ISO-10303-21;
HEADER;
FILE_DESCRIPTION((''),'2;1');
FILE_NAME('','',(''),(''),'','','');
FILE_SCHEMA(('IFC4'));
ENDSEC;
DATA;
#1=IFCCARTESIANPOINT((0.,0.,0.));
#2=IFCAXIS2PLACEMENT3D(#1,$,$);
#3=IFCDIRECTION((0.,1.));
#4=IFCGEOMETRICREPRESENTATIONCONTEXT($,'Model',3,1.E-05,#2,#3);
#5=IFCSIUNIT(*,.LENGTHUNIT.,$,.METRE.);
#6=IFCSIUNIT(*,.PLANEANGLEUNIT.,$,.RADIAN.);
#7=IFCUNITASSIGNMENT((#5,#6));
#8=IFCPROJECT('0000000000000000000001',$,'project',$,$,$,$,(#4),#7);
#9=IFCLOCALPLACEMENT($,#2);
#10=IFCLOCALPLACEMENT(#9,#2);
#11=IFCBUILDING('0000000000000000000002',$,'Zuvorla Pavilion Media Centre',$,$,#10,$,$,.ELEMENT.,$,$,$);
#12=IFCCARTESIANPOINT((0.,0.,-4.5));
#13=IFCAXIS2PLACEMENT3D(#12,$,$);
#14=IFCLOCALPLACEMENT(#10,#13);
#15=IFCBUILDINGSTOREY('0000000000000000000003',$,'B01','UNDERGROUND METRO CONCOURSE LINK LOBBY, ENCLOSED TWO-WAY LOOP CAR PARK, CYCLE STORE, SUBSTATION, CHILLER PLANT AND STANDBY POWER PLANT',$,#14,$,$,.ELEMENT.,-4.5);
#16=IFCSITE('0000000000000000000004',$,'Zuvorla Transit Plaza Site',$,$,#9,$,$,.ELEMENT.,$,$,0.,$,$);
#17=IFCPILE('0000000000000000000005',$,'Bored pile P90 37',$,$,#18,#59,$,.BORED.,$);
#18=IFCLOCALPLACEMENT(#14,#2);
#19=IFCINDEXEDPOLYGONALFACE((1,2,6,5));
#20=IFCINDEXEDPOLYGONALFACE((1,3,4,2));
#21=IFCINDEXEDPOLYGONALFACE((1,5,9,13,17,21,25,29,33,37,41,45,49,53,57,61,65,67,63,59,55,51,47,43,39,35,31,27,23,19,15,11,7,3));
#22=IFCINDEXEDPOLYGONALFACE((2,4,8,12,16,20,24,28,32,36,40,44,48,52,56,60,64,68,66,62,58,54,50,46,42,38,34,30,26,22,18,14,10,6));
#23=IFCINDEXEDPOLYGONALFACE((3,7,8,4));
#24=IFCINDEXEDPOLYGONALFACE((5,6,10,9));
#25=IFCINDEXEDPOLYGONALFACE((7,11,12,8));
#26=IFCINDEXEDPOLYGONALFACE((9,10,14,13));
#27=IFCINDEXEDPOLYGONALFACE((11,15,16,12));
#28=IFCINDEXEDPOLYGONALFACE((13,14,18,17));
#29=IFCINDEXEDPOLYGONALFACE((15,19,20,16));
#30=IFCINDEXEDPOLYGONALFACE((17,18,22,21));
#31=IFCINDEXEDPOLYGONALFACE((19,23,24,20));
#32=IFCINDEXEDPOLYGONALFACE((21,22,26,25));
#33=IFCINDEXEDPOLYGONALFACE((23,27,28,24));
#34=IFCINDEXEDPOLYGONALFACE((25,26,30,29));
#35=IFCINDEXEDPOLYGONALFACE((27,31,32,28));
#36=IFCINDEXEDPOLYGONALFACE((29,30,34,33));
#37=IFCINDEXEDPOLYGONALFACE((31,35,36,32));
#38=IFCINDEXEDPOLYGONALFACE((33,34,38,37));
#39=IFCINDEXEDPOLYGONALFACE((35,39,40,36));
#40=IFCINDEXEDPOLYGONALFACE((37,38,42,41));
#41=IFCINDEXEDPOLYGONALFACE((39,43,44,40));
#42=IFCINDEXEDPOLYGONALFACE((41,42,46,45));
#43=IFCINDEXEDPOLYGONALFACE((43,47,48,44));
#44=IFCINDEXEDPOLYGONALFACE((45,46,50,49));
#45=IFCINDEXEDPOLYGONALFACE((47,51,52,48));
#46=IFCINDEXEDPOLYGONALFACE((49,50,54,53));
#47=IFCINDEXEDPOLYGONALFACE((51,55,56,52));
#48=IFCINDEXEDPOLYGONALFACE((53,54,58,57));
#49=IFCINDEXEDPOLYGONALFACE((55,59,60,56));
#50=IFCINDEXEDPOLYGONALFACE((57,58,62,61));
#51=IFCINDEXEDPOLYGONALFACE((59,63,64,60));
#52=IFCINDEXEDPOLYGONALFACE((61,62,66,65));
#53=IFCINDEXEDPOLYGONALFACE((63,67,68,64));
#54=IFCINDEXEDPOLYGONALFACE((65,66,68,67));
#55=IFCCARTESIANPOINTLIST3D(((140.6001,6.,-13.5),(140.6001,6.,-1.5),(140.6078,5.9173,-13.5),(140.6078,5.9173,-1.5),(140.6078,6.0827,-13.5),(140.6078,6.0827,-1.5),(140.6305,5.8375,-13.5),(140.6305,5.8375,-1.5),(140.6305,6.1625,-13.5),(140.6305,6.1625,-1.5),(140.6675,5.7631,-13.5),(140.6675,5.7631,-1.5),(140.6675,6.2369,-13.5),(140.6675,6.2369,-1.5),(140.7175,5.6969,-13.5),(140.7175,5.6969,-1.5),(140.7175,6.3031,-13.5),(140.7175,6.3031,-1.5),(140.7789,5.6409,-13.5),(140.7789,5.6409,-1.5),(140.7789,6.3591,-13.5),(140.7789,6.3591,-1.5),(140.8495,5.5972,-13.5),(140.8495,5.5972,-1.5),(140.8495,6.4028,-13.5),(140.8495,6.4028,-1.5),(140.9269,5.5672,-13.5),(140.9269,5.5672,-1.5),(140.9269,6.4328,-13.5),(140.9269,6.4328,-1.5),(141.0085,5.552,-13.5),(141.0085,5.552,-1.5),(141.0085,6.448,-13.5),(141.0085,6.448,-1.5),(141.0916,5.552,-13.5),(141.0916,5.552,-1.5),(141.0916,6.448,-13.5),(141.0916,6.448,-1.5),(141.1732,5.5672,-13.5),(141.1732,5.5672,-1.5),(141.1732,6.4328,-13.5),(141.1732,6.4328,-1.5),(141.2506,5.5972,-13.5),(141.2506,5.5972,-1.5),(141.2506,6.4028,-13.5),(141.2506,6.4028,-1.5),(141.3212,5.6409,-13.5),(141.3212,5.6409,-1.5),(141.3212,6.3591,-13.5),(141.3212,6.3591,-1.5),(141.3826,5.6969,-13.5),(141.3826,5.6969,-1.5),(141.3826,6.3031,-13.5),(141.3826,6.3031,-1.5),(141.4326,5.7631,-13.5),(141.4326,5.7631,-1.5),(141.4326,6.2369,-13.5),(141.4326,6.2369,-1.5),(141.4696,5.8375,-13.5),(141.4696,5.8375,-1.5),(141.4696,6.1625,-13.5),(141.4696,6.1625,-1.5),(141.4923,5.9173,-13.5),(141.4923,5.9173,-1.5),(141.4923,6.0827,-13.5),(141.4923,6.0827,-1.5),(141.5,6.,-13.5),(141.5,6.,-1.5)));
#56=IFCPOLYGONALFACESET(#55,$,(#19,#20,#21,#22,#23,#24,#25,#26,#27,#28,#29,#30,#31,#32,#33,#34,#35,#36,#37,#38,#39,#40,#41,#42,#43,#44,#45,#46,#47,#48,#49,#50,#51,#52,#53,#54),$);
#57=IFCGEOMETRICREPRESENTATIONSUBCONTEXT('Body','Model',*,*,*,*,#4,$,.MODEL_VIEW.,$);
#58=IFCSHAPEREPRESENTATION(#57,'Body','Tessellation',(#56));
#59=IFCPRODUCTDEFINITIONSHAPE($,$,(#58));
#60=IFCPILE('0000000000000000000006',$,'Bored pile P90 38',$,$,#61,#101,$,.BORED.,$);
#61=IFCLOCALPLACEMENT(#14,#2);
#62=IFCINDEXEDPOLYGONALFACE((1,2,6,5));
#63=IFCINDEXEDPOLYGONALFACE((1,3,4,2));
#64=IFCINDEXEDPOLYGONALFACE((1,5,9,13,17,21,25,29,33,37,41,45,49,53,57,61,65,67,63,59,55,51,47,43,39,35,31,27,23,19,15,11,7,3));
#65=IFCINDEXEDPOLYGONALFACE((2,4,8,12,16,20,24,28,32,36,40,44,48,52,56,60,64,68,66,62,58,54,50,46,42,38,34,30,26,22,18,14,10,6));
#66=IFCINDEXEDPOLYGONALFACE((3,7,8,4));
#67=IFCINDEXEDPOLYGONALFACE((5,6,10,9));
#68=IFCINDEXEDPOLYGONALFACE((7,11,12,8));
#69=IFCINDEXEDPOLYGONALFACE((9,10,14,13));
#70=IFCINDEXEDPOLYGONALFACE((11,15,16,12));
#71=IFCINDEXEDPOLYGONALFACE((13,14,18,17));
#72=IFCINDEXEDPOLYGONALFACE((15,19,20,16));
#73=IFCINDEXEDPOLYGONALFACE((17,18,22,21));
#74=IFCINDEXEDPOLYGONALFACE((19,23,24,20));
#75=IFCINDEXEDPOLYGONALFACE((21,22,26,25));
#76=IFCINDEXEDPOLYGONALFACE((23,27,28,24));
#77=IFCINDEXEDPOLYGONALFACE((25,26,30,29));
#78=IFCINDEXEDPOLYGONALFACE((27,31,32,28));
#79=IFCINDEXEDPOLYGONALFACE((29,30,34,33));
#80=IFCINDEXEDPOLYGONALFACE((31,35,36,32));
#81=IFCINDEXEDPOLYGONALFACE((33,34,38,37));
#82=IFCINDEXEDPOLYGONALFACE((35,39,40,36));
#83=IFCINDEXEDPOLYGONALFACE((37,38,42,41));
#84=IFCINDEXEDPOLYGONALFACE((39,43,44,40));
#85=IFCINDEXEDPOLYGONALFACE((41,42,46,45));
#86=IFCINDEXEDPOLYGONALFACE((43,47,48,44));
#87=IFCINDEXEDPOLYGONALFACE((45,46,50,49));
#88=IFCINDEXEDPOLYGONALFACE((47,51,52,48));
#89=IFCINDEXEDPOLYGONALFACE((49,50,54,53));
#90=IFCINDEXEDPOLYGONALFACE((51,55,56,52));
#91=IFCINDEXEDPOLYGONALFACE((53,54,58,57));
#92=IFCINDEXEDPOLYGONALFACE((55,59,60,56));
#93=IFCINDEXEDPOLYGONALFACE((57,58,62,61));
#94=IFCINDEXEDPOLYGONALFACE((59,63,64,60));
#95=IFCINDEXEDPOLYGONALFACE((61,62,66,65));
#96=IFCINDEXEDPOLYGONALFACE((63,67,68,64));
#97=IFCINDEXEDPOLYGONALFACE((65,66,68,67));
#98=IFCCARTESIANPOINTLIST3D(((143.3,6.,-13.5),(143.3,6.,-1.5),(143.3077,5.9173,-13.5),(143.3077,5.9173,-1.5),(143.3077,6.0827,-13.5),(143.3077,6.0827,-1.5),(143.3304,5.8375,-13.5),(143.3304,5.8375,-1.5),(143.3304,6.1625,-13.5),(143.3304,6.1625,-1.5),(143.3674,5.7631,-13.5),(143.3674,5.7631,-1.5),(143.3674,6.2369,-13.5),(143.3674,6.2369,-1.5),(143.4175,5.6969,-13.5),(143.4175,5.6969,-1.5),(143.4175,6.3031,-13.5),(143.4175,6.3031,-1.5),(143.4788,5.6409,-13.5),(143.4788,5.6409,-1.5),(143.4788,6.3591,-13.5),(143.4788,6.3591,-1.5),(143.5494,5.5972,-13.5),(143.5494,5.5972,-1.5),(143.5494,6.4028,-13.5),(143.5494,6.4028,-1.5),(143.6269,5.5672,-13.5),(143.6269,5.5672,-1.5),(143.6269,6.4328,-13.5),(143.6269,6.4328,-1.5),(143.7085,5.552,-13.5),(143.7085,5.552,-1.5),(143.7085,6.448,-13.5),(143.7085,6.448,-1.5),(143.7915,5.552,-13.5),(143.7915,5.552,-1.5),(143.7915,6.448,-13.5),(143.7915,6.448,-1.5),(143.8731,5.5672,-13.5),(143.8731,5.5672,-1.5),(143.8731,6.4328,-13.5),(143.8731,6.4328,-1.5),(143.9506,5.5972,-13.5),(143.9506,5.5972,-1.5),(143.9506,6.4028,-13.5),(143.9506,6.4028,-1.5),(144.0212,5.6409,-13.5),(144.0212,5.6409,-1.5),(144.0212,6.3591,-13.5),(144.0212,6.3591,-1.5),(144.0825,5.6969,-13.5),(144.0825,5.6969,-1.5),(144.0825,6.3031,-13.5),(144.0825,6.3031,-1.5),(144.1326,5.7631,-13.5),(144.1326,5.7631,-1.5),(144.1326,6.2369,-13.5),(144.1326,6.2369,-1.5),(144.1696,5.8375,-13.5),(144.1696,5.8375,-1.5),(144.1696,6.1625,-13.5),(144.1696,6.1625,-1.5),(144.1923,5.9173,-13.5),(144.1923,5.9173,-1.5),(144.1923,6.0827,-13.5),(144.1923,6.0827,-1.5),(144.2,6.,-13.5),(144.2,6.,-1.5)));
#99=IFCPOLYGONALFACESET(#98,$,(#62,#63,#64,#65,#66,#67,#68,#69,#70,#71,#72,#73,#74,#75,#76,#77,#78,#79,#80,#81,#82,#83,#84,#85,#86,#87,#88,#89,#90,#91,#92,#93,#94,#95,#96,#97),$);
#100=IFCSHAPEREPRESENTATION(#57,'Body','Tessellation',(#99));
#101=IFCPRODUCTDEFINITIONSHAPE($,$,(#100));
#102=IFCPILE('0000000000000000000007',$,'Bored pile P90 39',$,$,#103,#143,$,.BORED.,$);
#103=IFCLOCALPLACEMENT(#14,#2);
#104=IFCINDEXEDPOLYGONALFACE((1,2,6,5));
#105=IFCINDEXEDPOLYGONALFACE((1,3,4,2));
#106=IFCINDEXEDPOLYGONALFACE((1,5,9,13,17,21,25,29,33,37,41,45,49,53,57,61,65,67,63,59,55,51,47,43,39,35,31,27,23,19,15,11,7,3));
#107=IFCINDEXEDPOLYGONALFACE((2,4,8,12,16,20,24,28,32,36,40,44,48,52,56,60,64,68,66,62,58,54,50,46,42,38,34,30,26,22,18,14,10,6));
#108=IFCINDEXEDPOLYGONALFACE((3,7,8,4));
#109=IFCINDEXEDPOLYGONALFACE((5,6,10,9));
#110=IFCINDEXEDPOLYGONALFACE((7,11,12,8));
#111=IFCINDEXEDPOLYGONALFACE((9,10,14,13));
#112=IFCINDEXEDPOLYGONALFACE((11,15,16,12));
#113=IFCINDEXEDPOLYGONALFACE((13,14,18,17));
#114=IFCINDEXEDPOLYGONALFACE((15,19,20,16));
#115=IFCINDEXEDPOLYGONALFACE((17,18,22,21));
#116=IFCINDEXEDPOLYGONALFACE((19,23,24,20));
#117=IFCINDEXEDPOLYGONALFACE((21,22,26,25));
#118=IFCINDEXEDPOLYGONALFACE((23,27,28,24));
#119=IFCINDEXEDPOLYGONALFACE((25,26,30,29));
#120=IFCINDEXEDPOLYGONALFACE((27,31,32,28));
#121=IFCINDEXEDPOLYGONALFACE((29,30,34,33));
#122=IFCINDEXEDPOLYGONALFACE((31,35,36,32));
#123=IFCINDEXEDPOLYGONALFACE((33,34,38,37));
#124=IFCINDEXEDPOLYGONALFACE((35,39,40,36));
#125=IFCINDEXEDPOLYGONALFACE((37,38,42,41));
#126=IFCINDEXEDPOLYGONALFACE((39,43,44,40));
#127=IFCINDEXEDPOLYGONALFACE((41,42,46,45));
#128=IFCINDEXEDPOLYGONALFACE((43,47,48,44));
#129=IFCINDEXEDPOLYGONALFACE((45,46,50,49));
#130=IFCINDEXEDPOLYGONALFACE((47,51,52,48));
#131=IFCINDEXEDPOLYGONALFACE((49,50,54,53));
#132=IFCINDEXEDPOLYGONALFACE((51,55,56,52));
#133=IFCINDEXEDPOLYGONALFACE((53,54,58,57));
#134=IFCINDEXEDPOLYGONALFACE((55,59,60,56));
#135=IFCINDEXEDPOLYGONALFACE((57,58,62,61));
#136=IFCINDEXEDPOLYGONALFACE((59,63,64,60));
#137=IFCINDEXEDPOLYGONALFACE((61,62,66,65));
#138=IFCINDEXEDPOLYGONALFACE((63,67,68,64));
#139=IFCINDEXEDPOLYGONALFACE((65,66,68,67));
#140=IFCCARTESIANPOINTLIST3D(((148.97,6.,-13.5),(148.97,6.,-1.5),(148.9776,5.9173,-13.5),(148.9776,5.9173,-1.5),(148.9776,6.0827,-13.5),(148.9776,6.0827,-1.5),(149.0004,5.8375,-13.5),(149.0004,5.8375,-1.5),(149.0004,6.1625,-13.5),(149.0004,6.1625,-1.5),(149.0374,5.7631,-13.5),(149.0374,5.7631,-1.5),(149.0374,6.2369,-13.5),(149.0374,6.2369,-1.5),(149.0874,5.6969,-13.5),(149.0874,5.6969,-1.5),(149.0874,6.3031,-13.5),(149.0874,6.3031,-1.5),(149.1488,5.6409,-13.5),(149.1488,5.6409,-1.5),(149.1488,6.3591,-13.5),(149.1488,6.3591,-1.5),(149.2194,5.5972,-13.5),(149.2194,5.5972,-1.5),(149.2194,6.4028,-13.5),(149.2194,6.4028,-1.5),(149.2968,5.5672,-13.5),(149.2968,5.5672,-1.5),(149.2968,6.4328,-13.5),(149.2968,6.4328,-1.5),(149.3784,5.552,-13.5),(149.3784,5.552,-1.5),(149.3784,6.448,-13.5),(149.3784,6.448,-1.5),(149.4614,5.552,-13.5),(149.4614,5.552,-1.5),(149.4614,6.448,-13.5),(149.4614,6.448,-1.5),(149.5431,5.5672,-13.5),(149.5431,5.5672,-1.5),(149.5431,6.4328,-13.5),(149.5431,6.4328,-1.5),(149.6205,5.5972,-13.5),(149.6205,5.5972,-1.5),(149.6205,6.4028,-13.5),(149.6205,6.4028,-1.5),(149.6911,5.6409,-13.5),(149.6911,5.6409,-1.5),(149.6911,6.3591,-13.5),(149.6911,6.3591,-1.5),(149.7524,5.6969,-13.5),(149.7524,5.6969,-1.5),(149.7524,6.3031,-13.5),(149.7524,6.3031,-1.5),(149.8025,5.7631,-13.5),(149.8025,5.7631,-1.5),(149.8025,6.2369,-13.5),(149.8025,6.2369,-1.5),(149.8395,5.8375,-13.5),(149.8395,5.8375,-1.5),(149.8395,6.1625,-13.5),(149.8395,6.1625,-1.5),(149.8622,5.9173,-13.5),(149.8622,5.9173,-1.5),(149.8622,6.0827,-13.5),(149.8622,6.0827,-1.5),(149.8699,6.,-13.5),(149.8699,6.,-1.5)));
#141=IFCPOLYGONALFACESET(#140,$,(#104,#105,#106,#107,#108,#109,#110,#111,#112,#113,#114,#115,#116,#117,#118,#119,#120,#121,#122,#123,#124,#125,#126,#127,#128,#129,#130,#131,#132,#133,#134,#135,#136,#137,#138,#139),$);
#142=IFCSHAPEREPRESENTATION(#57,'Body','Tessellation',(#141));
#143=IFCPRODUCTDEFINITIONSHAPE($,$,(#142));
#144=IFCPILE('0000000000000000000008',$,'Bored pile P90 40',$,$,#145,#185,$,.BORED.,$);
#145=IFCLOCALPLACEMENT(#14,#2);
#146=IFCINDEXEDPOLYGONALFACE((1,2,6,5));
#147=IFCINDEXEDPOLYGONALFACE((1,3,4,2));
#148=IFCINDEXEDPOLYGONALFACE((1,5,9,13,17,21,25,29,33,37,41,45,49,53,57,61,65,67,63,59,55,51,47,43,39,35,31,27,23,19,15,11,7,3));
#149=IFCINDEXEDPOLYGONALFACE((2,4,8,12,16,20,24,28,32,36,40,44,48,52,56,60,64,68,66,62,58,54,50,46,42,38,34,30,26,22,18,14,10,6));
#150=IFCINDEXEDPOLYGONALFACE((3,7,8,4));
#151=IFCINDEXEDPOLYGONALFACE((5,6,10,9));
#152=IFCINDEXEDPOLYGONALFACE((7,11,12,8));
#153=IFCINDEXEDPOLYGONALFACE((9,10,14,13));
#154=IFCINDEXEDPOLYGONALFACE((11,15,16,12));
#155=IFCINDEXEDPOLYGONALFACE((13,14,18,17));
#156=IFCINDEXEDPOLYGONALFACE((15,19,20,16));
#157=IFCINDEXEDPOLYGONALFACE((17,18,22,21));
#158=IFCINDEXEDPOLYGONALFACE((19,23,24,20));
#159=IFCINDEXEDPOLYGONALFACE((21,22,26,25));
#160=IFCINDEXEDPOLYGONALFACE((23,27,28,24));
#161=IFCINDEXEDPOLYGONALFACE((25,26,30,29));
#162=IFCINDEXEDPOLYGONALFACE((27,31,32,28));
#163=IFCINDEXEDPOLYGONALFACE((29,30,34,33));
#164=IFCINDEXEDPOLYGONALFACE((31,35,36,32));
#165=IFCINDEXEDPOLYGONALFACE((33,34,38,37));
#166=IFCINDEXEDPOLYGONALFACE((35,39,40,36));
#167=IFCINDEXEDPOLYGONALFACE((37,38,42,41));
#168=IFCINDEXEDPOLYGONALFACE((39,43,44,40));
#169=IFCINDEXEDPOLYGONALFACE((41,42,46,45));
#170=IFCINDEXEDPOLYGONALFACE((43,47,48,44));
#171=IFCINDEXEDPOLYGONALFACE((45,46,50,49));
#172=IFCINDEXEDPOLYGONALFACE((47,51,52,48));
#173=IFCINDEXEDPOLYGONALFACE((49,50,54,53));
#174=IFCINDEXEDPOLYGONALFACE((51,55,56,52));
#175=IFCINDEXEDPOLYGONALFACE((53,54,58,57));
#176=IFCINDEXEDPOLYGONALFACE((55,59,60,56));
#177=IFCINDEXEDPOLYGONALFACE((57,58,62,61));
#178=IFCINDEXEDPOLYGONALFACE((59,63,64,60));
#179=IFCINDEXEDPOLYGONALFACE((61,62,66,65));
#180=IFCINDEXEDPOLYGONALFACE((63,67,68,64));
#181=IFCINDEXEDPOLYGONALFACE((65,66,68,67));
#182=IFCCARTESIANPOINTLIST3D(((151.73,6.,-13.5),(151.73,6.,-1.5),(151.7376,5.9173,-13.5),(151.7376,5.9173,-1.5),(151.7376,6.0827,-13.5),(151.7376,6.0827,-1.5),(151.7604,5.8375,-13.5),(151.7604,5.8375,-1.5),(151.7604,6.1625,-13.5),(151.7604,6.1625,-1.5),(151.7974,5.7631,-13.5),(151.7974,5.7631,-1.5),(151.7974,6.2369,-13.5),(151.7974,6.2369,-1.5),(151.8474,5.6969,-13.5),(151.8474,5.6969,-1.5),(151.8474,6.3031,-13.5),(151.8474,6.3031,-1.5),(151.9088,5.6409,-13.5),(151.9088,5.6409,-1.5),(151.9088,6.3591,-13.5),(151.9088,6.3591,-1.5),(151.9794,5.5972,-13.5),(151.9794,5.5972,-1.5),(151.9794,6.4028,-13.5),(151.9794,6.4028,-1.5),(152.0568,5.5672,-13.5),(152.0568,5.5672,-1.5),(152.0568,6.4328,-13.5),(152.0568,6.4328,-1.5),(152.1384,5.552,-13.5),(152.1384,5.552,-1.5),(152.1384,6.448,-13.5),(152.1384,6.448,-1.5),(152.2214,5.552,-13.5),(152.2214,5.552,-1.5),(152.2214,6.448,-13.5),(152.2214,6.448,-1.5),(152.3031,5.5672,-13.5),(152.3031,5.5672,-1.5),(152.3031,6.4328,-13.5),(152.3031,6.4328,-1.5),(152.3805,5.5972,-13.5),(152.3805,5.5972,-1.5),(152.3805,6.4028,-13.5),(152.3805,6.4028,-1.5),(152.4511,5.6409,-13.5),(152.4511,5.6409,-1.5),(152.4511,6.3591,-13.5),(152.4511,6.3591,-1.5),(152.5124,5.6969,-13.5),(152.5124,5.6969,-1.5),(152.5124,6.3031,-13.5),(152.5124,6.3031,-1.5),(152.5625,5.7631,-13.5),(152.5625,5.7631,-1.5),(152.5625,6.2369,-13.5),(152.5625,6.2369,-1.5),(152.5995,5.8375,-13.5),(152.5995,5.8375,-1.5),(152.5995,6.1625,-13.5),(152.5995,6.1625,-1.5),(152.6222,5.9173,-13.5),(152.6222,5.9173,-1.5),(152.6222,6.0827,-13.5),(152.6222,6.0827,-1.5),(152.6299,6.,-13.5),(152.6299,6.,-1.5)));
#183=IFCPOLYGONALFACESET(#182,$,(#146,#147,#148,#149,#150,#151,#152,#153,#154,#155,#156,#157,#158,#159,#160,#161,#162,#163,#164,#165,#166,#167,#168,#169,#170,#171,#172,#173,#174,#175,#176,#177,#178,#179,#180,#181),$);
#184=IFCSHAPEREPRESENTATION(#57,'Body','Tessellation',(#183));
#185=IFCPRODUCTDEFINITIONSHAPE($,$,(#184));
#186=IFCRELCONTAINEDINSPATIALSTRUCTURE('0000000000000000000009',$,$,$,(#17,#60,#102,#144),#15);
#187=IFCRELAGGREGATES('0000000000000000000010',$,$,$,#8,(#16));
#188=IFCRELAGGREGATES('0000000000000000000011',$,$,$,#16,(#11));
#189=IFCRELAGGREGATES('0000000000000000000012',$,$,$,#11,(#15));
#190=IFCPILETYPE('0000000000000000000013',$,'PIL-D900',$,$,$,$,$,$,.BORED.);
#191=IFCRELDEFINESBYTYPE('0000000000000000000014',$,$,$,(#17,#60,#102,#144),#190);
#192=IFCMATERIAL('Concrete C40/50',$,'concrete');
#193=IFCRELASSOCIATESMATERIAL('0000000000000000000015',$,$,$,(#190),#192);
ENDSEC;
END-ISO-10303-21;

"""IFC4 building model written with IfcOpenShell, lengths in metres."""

from ifc_helpers import new_model, si_unit, direction, frame, origin, origin_2d, place, context, subcontext, project, spatial, circle, extrude, material, material_profile, profile_set, type_object, element, save


model = new_model("IFC4")

# Units and contexts
model_context = context("Model", 3, precision=1e-05, world=origin(), true_north=direction((0.0, 1.0)))
body_context = subcontext(model_context, "Body", "Model", "MODEL_VIEW")
ifc_project = project(units=[si_unit("LENGTHUNIT", "METRE"), si_unit("PLANEANGLEUNIT", "RADIAN")], contexts=[model_context])

# Site, building, storey
site_placement = place(None, origin())
site = spatial("IfcSite", under=ifc_project, at=site_placement, Name="Zuvorla Transit Plaza Site", CompositionType="ELEMENT", RefElevation=0.0)
building_placement = place(site_placement, origin())
building = spatial("IfcBuilding", under=site, at=building_placement, Name="Zuvorla Pavilion Media Centre", CompositionType="ELEMENT")
storey_placement = place(building_placement, frame((0.0, 0.0, -4.5)))
storey = spatial("IfcBuildingStorey", under=building, at=storey_placement, Name="B01", Description="UNDERGROUND METRO CONCOURSE LINK LOBBY, ENCLOSED TWO-WAY LOOP CAR PARK, CYCLE STORE, SUBSTATION, CHILLER PLANT AND STANDBY POWER PLANT", CompositionType="ELEMENT", Elevation=-4.5)

# Shared definitions
ifc_material = material(Name="Concrete C40/50", Category="concrete")

# Piles
ifc_material_profile_1 = material_profile(ifc_material, circle(Radius=0.45, at=origin_2d()), Name="BORED PILE 900")
ifc_profile_set_1 = profile_set([ifc_material_profile_1], Name="Concrete C40/50")
pile_type = type_object("IfcPileType", Name="PIL-D900", PredefinedType="BORED", material=ifc_profile_set_1)
for number, where, z_axis, x_axis, name in (
    (1, (141.05, 6.0, -1.5), (0.0, 0.0, -1.0), (1.0, 0.0, 0.0), "Bored pile P90 37"),
    (2, (143.75, 6.0, -1.5), (0.0, 0.0, -1.0), (1.0, 0.0, 0.0), "Bored pile P90 38"),
    (3, (149.4199, 6.0, -1.5), (0.0, 0.0, -1.0), (1.0, 0.0, 0.0), "Bored pile P90 39"),
    (4, (152.1799, 6.0, -1.5), (0.0, 0.0, -1.0), (1.0, 0.0, 0.0), "Bored pile P90 40"),
):
    element("IfcPile", number, at=place(storey_placement, frame(where, z_axis=z_axis, x_axis=x_axis)), inside=storey, type_object=pile_type, Name=name, PredefinedType="BORED", context=body_context, shape_type="SweptSolid", body=[
        extrude(circle(Radius=0.45, at=origin_2d()), origin(), (0.0, 0.0, 1.0), 12.0),
    ])

save(model, "model.ifc")
